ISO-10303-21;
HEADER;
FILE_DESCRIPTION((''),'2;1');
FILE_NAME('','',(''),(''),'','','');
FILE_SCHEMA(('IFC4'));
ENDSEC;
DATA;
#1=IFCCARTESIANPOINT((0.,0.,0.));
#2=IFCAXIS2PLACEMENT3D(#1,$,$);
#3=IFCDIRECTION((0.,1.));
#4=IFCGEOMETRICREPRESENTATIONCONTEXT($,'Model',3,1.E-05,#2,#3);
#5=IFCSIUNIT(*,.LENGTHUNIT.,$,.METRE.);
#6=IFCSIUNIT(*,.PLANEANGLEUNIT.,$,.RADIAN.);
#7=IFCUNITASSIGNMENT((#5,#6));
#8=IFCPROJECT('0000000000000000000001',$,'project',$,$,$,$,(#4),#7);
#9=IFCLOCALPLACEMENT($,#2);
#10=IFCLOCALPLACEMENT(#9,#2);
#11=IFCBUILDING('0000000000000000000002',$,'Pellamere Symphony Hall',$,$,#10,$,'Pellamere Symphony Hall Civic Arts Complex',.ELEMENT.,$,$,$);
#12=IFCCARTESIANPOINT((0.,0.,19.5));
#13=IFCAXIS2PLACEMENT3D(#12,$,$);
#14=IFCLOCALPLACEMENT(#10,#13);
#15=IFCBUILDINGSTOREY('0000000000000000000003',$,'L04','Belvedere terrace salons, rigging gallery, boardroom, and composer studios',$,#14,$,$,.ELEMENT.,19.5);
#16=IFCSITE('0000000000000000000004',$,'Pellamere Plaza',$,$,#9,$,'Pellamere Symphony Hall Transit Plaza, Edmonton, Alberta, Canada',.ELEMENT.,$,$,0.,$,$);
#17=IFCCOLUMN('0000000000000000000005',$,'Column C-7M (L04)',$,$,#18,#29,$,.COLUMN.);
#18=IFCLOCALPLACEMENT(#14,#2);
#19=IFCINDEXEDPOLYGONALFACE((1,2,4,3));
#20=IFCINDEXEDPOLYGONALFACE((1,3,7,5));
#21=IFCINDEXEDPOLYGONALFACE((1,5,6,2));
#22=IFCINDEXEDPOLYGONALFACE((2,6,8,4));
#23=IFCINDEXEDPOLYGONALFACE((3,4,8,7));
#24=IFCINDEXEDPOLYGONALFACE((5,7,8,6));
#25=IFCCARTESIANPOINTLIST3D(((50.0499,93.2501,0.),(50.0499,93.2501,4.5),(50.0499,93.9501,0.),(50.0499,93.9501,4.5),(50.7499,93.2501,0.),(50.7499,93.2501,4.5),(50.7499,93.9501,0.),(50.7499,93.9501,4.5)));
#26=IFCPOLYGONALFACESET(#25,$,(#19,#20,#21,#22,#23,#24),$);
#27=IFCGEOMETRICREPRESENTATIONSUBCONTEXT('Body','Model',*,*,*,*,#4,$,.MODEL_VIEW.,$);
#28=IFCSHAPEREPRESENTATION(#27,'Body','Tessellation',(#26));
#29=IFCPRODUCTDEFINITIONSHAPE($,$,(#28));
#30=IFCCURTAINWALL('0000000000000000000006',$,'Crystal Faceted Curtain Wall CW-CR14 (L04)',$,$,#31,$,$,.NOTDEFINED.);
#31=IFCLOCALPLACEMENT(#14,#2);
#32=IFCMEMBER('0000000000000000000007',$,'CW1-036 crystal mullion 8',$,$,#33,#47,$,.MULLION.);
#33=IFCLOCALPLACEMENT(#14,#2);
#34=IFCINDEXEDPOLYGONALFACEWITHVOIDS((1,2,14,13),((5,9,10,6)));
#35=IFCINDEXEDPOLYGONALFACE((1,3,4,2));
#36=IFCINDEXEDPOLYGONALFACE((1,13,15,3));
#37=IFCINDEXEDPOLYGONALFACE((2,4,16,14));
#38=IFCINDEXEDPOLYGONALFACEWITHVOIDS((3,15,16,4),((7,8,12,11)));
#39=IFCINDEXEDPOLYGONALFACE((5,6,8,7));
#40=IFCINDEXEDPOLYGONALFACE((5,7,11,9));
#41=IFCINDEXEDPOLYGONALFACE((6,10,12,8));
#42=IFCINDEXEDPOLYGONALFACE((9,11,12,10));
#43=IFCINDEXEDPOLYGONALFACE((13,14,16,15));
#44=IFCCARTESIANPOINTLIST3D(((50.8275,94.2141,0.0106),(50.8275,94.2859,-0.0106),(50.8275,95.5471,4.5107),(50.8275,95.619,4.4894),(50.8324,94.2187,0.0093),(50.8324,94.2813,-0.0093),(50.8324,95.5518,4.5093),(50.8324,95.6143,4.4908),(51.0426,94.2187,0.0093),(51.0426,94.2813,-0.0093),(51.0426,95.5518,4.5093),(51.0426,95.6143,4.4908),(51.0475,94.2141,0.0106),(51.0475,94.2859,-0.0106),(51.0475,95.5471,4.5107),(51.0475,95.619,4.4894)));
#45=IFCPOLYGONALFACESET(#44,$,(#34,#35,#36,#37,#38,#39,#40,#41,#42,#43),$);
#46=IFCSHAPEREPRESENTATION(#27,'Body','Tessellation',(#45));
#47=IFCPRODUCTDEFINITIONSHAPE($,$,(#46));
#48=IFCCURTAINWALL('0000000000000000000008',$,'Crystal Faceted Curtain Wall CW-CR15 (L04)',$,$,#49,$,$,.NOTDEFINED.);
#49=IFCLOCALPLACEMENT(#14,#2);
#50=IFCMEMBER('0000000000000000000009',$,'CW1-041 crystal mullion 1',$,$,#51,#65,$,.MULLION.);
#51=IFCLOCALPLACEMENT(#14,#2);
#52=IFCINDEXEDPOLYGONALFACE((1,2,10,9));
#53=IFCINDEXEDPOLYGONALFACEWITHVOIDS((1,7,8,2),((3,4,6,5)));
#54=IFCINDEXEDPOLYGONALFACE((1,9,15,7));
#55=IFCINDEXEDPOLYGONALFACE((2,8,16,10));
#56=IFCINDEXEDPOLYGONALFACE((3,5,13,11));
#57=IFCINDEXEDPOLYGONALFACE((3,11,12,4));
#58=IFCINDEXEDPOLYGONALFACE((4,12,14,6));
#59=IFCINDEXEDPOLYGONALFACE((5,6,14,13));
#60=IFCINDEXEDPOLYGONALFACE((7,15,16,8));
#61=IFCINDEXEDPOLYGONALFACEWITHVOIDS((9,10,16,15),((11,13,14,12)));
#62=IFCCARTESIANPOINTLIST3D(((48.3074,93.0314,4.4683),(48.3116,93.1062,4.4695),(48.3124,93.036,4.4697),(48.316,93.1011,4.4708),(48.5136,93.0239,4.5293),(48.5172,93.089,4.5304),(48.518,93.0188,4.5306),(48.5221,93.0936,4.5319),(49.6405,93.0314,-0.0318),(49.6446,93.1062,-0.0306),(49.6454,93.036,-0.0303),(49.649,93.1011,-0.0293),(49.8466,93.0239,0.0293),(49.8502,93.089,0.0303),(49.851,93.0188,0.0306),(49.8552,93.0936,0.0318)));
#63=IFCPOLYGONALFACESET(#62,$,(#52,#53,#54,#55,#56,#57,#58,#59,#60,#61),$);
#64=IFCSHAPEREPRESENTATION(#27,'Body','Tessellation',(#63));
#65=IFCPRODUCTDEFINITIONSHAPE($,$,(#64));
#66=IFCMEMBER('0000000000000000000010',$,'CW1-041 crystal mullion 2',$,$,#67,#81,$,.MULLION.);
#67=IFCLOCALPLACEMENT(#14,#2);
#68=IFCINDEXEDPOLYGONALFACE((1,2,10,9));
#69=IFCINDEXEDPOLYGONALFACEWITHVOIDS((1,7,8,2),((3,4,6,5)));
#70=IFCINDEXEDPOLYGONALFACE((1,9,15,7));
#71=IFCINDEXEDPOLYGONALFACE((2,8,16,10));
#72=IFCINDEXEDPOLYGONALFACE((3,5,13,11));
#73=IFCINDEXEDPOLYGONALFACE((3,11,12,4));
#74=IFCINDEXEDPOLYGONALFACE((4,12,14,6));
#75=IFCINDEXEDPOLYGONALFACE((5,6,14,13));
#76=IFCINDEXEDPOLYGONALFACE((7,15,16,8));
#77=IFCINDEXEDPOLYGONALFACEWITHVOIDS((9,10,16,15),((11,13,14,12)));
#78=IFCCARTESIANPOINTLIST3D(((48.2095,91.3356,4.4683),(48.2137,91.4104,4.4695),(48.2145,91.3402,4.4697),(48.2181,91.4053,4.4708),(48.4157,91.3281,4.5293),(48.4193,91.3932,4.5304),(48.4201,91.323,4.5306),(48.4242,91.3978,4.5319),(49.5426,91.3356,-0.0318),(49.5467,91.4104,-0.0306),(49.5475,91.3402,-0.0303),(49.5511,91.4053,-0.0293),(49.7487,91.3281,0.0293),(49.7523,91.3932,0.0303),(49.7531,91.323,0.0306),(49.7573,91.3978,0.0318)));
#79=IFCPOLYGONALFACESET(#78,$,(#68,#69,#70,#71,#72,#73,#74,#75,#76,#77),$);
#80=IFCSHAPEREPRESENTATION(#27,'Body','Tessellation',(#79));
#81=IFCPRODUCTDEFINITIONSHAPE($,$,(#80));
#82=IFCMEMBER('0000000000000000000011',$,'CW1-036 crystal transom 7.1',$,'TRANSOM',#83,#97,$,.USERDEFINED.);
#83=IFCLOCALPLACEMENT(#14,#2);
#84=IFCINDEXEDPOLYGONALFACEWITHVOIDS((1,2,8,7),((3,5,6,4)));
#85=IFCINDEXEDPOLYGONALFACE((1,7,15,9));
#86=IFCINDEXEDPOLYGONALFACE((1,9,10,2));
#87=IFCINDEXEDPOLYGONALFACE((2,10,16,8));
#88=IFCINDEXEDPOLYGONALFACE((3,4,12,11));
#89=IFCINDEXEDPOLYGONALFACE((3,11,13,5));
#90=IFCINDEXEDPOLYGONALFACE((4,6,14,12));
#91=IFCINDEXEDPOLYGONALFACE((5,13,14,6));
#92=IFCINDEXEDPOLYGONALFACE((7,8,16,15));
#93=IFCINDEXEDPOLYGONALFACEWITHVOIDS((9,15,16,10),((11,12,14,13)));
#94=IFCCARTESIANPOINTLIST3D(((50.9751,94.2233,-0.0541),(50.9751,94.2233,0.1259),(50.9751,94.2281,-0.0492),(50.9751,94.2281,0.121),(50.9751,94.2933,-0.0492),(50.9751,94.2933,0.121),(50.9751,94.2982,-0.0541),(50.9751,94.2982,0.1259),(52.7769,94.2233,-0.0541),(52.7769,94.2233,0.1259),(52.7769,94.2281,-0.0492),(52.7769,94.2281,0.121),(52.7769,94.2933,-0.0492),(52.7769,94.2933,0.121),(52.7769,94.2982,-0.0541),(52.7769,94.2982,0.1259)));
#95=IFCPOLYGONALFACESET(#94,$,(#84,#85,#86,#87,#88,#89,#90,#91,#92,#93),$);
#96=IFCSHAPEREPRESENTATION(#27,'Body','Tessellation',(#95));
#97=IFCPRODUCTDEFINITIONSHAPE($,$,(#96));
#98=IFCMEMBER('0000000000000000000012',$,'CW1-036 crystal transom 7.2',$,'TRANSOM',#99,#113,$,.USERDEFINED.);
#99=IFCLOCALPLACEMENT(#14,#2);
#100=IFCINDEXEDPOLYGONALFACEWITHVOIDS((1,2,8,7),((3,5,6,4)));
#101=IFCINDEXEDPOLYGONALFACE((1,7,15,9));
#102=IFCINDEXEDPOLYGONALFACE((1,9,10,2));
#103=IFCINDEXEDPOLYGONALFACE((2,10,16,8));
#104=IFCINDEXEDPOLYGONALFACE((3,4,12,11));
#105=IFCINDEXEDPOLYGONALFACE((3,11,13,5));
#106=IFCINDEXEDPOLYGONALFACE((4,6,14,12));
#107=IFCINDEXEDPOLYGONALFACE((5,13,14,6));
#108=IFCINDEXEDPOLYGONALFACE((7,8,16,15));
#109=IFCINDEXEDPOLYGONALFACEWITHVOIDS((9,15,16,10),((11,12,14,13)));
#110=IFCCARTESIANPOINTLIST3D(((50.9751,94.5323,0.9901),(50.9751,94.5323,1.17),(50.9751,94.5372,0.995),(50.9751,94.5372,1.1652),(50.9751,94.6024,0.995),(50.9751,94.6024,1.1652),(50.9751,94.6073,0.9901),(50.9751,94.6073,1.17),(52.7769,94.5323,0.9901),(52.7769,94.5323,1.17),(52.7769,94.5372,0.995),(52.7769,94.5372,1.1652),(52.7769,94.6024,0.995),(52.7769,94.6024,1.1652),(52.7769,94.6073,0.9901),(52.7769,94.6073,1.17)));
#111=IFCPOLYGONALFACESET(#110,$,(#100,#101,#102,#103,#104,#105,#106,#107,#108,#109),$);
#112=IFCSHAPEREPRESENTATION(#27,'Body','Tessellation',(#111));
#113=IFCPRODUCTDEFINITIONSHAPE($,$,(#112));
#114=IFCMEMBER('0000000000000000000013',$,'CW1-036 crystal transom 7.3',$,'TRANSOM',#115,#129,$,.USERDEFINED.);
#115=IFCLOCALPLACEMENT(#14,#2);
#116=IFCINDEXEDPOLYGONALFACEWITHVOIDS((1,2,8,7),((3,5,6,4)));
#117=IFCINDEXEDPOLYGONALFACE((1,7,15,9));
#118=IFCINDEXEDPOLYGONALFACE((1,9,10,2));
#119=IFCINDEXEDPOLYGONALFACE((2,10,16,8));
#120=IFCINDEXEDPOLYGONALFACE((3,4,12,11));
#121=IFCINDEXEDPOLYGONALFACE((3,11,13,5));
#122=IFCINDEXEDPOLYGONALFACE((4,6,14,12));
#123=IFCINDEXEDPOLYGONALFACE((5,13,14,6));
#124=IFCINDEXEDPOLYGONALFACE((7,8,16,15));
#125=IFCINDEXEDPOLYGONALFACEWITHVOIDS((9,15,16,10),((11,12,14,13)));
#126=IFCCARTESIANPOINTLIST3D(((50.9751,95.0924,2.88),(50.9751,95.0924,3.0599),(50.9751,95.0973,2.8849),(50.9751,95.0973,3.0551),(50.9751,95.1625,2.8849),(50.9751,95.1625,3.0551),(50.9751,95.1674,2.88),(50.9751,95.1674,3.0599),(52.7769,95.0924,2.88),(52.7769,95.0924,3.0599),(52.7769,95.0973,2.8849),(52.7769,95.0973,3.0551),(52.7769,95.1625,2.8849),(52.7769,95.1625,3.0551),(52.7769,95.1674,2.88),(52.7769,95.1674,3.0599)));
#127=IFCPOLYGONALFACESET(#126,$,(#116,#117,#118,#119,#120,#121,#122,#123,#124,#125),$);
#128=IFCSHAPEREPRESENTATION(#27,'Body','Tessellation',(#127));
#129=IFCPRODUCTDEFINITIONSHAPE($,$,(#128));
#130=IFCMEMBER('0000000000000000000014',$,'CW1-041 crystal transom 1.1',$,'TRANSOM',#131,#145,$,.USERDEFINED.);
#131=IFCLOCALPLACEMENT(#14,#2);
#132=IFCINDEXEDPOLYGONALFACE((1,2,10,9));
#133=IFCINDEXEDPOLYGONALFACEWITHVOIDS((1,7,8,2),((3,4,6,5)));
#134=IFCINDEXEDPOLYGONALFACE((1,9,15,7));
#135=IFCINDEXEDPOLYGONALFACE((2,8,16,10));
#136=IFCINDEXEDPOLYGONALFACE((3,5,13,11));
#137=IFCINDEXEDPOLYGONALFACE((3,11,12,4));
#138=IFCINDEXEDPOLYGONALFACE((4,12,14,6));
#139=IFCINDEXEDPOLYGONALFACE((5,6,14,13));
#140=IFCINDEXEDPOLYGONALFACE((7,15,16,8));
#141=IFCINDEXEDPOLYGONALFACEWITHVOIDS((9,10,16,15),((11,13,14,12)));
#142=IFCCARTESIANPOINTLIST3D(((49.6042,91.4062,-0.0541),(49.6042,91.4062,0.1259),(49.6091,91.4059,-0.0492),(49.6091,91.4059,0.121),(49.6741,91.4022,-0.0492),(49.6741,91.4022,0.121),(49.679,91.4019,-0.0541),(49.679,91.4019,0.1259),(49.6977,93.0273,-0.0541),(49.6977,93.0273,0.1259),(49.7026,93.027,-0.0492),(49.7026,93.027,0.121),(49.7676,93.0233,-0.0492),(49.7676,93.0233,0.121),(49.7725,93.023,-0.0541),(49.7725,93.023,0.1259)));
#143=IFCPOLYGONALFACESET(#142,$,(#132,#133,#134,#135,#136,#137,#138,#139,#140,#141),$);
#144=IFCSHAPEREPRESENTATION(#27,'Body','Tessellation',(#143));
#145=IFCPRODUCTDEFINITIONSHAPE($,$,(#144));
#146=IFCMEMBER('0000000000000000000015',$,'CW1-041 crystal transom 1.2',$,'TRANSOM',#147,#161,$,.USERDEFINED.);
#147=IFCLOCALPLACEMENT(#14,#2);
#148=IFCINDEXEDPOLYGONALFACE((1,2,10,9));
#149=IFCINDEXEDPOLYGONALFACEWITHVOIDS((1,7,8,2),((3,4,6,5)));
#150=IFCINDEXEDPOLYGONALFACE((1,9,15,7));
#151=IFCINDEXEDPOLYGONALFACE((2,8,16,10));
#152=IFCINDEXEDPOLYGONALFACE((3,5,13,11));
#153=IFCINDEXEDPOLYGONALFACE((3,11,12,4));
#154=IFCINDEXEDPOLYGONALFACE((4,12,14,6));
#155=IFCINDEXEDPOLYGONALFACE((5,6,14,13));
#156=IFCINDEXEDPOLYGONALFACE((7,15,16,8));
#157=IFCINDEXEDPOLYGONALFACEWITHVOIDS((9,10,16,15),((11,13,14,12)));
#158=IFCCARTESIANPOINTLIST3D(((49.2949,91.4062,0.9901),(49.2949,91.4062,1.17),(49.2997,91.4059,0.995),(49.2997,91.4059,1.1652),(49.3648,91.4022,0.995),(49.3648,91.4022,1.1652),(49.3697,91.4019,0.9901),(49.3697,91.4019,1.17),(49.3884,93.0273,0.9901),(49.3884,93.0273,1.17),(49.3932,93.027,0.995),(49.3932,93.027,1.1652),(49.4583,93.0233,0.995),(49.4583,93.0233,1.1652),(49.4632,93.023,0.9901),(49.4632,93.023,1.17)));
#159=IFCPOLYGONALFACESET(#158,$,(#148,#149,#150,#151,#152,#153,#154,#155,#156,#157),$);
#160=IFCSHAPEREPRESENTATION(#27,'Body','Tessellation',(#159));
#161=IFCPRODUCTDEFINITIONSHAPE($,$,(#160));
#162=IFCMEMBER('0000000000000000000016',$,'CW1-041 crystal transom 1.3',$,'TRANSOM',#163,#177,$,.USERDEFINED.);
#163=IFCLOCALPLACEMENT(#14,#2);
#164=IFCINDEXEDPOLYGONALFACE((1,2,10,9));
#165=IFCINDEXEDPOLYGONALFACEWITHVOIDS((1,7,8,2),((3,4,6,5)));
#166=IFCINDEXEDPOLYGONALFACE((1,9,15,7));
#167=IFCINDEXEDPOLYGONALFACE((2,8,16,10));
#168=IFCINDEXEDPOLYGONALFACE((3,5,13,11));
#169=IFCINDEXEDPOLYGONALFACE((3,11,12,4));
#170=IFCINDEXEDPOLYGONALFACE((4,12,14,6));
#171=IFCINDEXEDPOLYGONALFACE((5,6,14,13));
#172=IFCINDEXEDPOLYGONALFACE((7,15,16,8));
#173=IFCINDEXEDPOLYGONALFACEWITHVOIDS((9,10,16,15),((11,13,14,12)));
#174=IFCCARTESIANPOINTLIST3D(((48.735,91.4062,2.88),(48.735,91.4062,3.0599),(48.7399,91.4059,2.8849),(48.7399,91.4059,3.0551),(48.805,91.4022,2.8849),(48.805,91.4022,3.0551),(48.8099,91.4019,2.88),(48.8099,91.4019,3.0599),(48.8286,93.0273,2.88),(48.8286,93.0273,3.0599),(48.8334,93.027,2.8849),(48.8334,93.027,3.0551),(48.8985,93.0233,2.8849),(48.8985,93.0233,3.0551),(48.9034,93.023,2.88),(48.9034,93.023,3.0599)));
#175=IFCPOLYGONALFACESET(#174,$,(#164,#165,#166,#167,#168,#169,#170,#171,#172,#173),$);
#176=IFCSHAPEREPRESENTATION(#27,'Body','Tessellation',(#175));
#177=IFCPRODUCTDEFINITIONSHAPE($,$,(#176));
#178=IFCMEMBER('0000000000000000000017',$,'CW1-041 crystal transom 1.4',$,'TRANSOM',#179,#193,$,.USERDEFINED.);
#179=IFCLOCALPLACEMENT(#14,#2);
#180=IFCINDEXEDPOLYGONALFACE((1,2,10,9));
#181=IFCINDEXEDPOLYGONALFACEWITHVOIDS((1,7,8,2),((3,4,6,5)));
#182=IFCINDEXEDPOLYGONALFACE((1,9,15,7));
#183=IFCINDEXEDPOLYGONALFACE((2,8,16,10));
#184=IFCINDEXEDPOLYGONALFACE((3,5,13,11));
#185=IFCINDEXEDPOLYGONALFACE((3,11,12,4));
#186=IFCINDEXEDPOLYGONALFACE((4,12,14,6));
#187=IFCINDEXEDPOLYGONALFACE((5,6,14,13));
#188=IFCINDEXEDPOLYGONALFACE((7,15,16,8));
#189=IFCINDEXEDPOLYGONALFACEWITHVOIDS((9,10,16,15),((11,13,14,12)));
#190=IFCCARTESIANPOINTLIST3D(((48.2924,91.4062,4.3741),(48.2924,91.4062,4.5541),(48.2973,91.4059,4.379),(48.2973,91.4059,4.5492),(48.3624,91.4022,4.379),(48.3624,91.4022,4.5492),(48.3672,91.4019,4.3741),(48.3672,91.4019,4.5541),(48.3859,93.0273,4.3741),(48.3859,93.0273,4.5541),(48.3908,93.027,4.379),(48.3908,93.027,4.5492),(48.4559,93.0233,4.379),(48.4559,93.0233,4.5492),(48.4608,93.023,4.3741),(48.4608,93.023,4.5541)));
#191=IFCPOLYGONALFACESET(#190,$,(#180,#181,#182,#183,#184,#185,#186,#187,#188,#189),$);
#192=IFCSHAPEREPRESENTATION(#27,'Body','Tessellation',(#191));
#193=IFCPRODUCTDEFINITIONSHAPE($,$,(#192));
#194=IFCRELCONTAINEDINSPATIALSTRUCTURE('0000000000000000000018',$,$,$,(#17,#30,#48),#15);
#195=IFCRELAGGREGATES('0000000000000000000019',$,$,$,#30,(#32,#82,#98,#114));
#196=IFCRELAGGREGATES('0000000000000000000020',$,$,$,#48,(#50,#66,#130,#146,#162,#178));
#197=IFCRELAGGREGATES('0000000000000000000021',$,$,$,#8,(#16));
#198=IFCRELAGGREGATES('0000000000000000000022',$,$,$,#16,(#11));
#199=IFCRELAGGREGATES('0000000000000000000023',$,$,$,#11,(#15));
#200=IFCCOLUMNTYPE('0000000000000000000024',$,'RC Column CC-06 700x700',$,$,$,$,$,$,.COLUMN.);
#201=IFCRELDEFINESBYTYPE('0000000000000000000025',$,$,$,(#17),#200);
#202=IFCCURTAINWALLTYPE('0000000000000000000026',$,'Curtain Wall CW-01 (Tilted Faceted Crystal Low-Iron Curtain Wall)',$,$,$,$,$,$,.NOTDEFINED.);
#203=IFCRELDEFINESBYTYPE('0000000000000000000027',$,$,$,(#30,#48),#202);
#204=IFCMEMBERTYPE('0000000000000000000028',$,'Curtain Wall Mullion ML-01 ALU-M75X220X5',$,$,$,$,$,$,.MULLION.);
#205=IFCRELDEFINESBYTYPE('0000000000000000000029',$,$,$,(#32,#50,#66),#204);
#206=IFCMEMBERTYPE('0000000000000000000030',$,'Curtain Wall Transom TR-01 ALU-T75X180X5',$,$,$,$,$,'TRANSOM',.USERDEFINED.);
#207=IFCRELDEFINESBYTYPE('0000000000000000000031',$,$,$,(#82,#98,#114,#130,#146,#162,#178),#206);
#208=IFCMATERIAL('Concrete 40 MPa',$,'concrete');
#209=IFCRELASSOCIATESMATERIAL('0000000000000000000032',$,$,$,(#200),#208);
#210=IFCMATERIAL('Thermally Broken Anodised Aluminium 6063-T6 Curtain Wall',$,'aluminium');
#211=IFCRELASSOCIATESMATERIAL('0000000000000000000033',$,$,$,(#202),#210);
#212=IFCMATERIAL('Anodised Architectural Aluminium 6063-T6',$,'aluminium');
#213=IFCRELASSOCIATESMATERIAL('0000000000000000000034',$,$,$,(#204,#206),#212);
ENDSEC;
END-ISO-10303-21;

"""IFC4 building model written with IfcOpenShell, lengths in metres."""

from ifc_helpers import new_model, si_unit, direction, frame, origin, origin_2d, place, context, subcontext, project, spatial, rectangle, hollow_rectangle, extrude, material, material_profile, profile_set, type_object, element, aggregate, save


model = new_model("IFC4")

# Units and contexts
model_context = context("Model", 3, precision=1e-05, world=origin(), true_north=direction((0.0, 1.0)))
body_context = subcontext(model_context, "Body", "Model", "MODEL_VIEW")
ifc_project = project(units=[si_unit("LENGTHUNIT", "METRE"), si_unit("PLANEANGLEUNIT", "RADIAN")], contexts=[model_context])

# Site, building, storey
site_placement = place(None, origin())
site = spatial("IfcSite", under=ifc_project, at=site_placement, Name="Pellamere Plaza", LongName="Pellamere Symphony Hall Transit Plaza, Edmonton, Alberta, Canada", CompositionType="ELEMENT", RefElevation=0.0)
building_placement = place(site_placement, origin())
building = spatial("IfcBuilding", under=site, at=building_placement, Name="Pellamere Symphony Hall", LongName="Pellamere Symphony Hall Civic Arts Complex", CompositionType="ELEMENT")
storey_placement = place(building_placement, frame((0.0, 0.0, 19.5)))
storey = spatial("IfcBuildingStorey", under=building, at=storey_placement, Name="L04", Description="Belvedere terrace salons, rigging gallery, boardroom, and composer studios", CompositionType="ELEMENT", Elevation=19.5)

# Column
ifc_material_1 = material(Name="Concrete 40 MPa", Category="concrete")
ifc_material_profile_1 = material_profile(ifc_material_1, rectangle(XDim=0.7, YDim=0.7, at=origin_2d()), Name="RC 700x700")
ifc_profile_set_1 = profile_set([ifc_material_profile_1], Name="Concrete 40 MPa")
column_type = type_object("IfcColumnType", Name="RC Column CC-06 700x700", PredefinedType="COLUMN", material=ifc_profile_set_1)
column_placement = place(storey_placement, frame((50.3999, 93.6001, 0.0), z_axis=(0.0, 0.0, 1.0), x_axis=(1.0, 0.0, 0.0)))
element("IfcColumn", 1, at=column_placement, inside=storey, type_object=column_type, Name="Column C-7M (L04)", PredefinedType="COLUMN", context=body_context, shape_type="SweptSolid", body=[
    extrude(rectangle(XDim=0.7, YDim=0.7, at=origin_2d()), origin(), (0.0, 0.0, 1.0), 4.5),
])

# Curtain wall, member
ifc_material_2 = material(Name="Thermally Broken Anodised Aluminium 6063-T6 Curtain Wall", Category="aluminium")
curtain_wall_type = type_object("IfcCurtainWallType", Name="Curtain Wall CW-01 (Tilted Faceted Crystal Low-Iron Curtain Wall)", PredefinedType="NOTDEFINED", material=ifc_material_2)
curtain_wall_1_placement = place(storey_placement, origin())
curtain_wall_1 = element("IfcCurtainWall", 2, at=curtain_wall_1_placement, inside=storey, type_object=curtain_wall_type, Name="Crystal Faceted Curtain Wall CW-CR14 (L04)", PredefinedType="NOTDEFINED")
ifc_material_3 = material(Name="Anodised Architectural Aluminium 6063-T6", Category="aluminium")
ifc_material_profile_2 = material_profile(ifc_material_3, hollow_rectangle(XDim=0.075, YDim=0.22, WallThickness=0.0049, at=origin_2d()), Name="ALU-M75X220X5")
ifc_profile_set_2 = profile_set([ifc_material_profile_2], Name="Anodised Architectural Aluminium 6063-T6")
member_type_1 = type_object("IfcMemberType", Name="Curtain Wall Mullion ML-01 ALU-M75X220X5", PredefinedType="MULLION", material=ifc_profile_set_2)
member_1_placement = place(storey_placement, frame((50.9375, 94.25, 0.0), z_axis=(0.0, 0.284025, 0.958817), x_axis=(0.0, 0.958817, -0.284025)))
member_1 = element("IfcMember", 3, at=member_1_placement, type_object=member_type_1, Name="CW1-036 crystal mullion 8", PredefinedType="MULLION", context=body_context, shape_type="SweptSolid", body=[
    extrude(hollow_rectangle(XDim=0.075, YDim=0.22, WallThickness=0.0049, at=origin_2d()), origin(), (0.0, 0.0, 1.0), 4.6934),
])

# Curtain wall, members
curtain_wall_2_placement = place(storey_placement, origin())
curtain_wall_2 = element("IfcCurtainWall", 4, at=curtain_wall_2_placement, inside=storey, type_object=curtain_wall_type, Name="Crystal Faceted Curtain Wall CW-CR15 (L04)", PredefinedType="NOTDEFINED")
member_2_placement = place(storey_placement, frame((49.7478, 93.0625, 0.0), z_axis=(-0.284025, 0.0, 0.958817), x_axis=(-0.055225, -0.99834, -0.016359)))
member_2 = element("IfcMember", 5, at=member_2_placement, type_object=member_type_1, Name="CW1-041 crystal mullion 1", PredefinedType="MULLION", context=body_context, shape_type="SweptSolid", body=[
    extrude(hollow_rectangle(XDim=0.075, YDim=0.22, WallThickness=0.0049, at=origin_2d()), origin(), (0.0, 0.0, 1.0), 4.6934),
])
member_3_placement = place(storey_placement, frame((49.6499, 91.3667, 0.0), z_axis=(-0.284025, 0.0, 0.958817), x_axis=(-0.055225, -0.99834, -0.016359)))
member_3 = element("IfcMember", 6, at=member_3_placement, type_object=member_type_1, Name="CW1-041 crystal mullion 2", PredefinedType="MULLION", context=body_context, shape_type="SweptSolid", body=[
    extrude(hollow_rectangle(XDim=0.075, YDim=0.22, WallThickness=0.0049, at=origin_2d()), origin(), (0.0, 0.0, 1.0), 4.6934),
])

# Members
ifc_material_profile_3 = material_profile(ifc_material_3, hollow_rectangle(XDim=0.075, YDim=0.1799, WallThickness=0.0049, at=origin_2d()), Name="ALU-T75X180X5")
ifc_profile_set_3 = profile_set([ifc_material_profile_3], Name="Anodised Architectural Aluminium 6063-T6")
member_type_2 = type_object("IfcMemberType", Name="Curtain Wall Transom TR-01 ALU-T75X180X5", ElementType="TRANSOM", PredefinedType="USERDEFINED", material=ifc_profile_set_3)
member_4_placement = place(storey_placement, frame((52.7769, 94.2607, 0.0359), z_axis=(-1.0, 0.0, 0.0), x_axis=(0.0, -1.0, 0.0)))
member_4 = element("IfcMember", 7, at=member_4_placement, type_object=member_type_2, Name="CW1-036 crystal transom 7.1", ObjectType="TRANSOM", PredefinedType="USERDEFINED", context=body_context, shape_type="SweptSolid", body=[
    extrude(hollow_rectangle(XDim=0.075, YDim=0.1799, WallThickness=0.0049, at=origin_2d()), origin(), (0.0, 0.0, 1.0), 1.8018),
])
member_5_placement = place(storey_placement, frame((52.7769, 94.5698, 1.0801), z_axis=(-1.0, 0.0, 0.0), x_axis=(0.0, -1.0, 0.0)))
member_5 = element("IfcMember", 8, at=member_5_placement, type_object=member_type_2, Name="CW1-036 crystal transom 7.2", ObjectType="TRANSOM", PredefinedType="USERDEFINED", context=body_context, shape_type="SweptSolid", body=[
    extrude(hollow_rectangle(XDim=0.075, YDim=0.1799, WallThickness=0.0049, at=origin_2d()), origin(), (0.0, 0.0, 1.0), 1.8018),
])
member_6_placement = place(storey_placement, frame((52.7769, 95.1299, 2.97), z_axis=(-1.0, 0.0, 0.0), x_axis=(0.0, -1.0, 0.0)))
member_6 = element("IfcMember", 9, at=member_6_placement, type_object=member_type_2, Name="CW1-036 crystal transom 7.3", ObjectType="TRANSOM", PredefinedType="USERDEFINED", context=body_context, shape_type="SweptSolid", body=[
    extrude(hollow_rectangle(XDim=0.075, YDim=0.1799, WallThickness=0.0049, at=origin_2d()), origin(), (0.0, 0.0, 1.0), 1.8018),
])
member_7_placement = place(storey_placement, frame((49.7351, 93.0251, 0.0359), z_axis=(-0.057585, -0.998341, 0.0), x_axis=(0.998341, -0.057585, 0.0)))
member_7 = element("IfcMember", 10, at=member_7_placement, type_object=member_type_2, Name="CW1-041 crystal transom 1.1", ObjectType="TRANSOM", PredefinedType="USERDEFINED", context=body_context, shape_type="SweptSolid", body=[
    extrude(hollow_rectangle(XDim=0.075, YDim=0.1799, WallThickness=0.0049, at=origin_2d()), origin(), (0.0, 0.0, 1.0), 1.6238),
])
member_8_placement = place(storey_placement, frame((49.4258, 93.0251, 1.0801), z_axis=(-0.057585, -0.998341, 0.0), x_axis=(0.998341, -0.057585, 0.0)))
member_8 = element("IfcMember", 11, at=member_8_placement, type_object=member_type_2, Name="CW1-041 crystal transom 1.2", ObjectType="TRANSOM", PredefinedType="USERDEFINED", context=body_context, shape_type="SweptSolid", body=[
    extrude(hollow_rectangle(XDim=0.075, YDim=0.1799, WallThickness=0.0049, at=origin_2d()), origin(), (0.0, 0.0, 1.0), 1.6238),
])
member_9_placement = place(storey_placement, frame((48.866, 93.0251, 2.97), z_axis=(-0.057585, -0.998341, 0.0), x_axis=(0.998341, -0.057585, 0.0)))
member_9 = element("IfcMember", 12, at=member_9_placement, type_object=member_type_2, Name="CW1-041 crystal transom 1.3", ObjectType="TRANSOM", PredefinedType="USERDEFINED", context=body_context, shape_type="SweptSolid", body=[
    extrude(hollow_rectangle(XDim=0.075, YDim=0.1799, WallThickness=0.0049, at=origin_2d()), origin(), (0.0, 0.0, 1.0), 1.6238),
])
member_10_placement = place(storey_placement, frame((48.4233, 93.0251, 4.4641), z_axis=(-0.057585, -0.998341, 0.0), x_axis=(0.998341, -0.057585, 0.0)))
member_10 = element("IfcMember", 13, at=member_10_placement, type_object=member_type_2, Name="CW1-041 crystal transom 1.4", ObjectType="TRANSOM", PredefinedType="USERDEFINED", context=body_context, shape_type="SweptSolid", body=[
    extrude(hollow_rectangle(XDim=0.075, YDim=0.1799, WallThickness=0.0049, at=origin_2d()), origin(), (0.0, 0.0, 1.0), 1.6238),
])

aggregate(curtain_wall_1, [member_1, member_4, member_5, member_6])
aggregate(curtain_wall_2, [member_2, member_3, member_7, member_8, member_9, member_10])

save(model, "model.ifc")
